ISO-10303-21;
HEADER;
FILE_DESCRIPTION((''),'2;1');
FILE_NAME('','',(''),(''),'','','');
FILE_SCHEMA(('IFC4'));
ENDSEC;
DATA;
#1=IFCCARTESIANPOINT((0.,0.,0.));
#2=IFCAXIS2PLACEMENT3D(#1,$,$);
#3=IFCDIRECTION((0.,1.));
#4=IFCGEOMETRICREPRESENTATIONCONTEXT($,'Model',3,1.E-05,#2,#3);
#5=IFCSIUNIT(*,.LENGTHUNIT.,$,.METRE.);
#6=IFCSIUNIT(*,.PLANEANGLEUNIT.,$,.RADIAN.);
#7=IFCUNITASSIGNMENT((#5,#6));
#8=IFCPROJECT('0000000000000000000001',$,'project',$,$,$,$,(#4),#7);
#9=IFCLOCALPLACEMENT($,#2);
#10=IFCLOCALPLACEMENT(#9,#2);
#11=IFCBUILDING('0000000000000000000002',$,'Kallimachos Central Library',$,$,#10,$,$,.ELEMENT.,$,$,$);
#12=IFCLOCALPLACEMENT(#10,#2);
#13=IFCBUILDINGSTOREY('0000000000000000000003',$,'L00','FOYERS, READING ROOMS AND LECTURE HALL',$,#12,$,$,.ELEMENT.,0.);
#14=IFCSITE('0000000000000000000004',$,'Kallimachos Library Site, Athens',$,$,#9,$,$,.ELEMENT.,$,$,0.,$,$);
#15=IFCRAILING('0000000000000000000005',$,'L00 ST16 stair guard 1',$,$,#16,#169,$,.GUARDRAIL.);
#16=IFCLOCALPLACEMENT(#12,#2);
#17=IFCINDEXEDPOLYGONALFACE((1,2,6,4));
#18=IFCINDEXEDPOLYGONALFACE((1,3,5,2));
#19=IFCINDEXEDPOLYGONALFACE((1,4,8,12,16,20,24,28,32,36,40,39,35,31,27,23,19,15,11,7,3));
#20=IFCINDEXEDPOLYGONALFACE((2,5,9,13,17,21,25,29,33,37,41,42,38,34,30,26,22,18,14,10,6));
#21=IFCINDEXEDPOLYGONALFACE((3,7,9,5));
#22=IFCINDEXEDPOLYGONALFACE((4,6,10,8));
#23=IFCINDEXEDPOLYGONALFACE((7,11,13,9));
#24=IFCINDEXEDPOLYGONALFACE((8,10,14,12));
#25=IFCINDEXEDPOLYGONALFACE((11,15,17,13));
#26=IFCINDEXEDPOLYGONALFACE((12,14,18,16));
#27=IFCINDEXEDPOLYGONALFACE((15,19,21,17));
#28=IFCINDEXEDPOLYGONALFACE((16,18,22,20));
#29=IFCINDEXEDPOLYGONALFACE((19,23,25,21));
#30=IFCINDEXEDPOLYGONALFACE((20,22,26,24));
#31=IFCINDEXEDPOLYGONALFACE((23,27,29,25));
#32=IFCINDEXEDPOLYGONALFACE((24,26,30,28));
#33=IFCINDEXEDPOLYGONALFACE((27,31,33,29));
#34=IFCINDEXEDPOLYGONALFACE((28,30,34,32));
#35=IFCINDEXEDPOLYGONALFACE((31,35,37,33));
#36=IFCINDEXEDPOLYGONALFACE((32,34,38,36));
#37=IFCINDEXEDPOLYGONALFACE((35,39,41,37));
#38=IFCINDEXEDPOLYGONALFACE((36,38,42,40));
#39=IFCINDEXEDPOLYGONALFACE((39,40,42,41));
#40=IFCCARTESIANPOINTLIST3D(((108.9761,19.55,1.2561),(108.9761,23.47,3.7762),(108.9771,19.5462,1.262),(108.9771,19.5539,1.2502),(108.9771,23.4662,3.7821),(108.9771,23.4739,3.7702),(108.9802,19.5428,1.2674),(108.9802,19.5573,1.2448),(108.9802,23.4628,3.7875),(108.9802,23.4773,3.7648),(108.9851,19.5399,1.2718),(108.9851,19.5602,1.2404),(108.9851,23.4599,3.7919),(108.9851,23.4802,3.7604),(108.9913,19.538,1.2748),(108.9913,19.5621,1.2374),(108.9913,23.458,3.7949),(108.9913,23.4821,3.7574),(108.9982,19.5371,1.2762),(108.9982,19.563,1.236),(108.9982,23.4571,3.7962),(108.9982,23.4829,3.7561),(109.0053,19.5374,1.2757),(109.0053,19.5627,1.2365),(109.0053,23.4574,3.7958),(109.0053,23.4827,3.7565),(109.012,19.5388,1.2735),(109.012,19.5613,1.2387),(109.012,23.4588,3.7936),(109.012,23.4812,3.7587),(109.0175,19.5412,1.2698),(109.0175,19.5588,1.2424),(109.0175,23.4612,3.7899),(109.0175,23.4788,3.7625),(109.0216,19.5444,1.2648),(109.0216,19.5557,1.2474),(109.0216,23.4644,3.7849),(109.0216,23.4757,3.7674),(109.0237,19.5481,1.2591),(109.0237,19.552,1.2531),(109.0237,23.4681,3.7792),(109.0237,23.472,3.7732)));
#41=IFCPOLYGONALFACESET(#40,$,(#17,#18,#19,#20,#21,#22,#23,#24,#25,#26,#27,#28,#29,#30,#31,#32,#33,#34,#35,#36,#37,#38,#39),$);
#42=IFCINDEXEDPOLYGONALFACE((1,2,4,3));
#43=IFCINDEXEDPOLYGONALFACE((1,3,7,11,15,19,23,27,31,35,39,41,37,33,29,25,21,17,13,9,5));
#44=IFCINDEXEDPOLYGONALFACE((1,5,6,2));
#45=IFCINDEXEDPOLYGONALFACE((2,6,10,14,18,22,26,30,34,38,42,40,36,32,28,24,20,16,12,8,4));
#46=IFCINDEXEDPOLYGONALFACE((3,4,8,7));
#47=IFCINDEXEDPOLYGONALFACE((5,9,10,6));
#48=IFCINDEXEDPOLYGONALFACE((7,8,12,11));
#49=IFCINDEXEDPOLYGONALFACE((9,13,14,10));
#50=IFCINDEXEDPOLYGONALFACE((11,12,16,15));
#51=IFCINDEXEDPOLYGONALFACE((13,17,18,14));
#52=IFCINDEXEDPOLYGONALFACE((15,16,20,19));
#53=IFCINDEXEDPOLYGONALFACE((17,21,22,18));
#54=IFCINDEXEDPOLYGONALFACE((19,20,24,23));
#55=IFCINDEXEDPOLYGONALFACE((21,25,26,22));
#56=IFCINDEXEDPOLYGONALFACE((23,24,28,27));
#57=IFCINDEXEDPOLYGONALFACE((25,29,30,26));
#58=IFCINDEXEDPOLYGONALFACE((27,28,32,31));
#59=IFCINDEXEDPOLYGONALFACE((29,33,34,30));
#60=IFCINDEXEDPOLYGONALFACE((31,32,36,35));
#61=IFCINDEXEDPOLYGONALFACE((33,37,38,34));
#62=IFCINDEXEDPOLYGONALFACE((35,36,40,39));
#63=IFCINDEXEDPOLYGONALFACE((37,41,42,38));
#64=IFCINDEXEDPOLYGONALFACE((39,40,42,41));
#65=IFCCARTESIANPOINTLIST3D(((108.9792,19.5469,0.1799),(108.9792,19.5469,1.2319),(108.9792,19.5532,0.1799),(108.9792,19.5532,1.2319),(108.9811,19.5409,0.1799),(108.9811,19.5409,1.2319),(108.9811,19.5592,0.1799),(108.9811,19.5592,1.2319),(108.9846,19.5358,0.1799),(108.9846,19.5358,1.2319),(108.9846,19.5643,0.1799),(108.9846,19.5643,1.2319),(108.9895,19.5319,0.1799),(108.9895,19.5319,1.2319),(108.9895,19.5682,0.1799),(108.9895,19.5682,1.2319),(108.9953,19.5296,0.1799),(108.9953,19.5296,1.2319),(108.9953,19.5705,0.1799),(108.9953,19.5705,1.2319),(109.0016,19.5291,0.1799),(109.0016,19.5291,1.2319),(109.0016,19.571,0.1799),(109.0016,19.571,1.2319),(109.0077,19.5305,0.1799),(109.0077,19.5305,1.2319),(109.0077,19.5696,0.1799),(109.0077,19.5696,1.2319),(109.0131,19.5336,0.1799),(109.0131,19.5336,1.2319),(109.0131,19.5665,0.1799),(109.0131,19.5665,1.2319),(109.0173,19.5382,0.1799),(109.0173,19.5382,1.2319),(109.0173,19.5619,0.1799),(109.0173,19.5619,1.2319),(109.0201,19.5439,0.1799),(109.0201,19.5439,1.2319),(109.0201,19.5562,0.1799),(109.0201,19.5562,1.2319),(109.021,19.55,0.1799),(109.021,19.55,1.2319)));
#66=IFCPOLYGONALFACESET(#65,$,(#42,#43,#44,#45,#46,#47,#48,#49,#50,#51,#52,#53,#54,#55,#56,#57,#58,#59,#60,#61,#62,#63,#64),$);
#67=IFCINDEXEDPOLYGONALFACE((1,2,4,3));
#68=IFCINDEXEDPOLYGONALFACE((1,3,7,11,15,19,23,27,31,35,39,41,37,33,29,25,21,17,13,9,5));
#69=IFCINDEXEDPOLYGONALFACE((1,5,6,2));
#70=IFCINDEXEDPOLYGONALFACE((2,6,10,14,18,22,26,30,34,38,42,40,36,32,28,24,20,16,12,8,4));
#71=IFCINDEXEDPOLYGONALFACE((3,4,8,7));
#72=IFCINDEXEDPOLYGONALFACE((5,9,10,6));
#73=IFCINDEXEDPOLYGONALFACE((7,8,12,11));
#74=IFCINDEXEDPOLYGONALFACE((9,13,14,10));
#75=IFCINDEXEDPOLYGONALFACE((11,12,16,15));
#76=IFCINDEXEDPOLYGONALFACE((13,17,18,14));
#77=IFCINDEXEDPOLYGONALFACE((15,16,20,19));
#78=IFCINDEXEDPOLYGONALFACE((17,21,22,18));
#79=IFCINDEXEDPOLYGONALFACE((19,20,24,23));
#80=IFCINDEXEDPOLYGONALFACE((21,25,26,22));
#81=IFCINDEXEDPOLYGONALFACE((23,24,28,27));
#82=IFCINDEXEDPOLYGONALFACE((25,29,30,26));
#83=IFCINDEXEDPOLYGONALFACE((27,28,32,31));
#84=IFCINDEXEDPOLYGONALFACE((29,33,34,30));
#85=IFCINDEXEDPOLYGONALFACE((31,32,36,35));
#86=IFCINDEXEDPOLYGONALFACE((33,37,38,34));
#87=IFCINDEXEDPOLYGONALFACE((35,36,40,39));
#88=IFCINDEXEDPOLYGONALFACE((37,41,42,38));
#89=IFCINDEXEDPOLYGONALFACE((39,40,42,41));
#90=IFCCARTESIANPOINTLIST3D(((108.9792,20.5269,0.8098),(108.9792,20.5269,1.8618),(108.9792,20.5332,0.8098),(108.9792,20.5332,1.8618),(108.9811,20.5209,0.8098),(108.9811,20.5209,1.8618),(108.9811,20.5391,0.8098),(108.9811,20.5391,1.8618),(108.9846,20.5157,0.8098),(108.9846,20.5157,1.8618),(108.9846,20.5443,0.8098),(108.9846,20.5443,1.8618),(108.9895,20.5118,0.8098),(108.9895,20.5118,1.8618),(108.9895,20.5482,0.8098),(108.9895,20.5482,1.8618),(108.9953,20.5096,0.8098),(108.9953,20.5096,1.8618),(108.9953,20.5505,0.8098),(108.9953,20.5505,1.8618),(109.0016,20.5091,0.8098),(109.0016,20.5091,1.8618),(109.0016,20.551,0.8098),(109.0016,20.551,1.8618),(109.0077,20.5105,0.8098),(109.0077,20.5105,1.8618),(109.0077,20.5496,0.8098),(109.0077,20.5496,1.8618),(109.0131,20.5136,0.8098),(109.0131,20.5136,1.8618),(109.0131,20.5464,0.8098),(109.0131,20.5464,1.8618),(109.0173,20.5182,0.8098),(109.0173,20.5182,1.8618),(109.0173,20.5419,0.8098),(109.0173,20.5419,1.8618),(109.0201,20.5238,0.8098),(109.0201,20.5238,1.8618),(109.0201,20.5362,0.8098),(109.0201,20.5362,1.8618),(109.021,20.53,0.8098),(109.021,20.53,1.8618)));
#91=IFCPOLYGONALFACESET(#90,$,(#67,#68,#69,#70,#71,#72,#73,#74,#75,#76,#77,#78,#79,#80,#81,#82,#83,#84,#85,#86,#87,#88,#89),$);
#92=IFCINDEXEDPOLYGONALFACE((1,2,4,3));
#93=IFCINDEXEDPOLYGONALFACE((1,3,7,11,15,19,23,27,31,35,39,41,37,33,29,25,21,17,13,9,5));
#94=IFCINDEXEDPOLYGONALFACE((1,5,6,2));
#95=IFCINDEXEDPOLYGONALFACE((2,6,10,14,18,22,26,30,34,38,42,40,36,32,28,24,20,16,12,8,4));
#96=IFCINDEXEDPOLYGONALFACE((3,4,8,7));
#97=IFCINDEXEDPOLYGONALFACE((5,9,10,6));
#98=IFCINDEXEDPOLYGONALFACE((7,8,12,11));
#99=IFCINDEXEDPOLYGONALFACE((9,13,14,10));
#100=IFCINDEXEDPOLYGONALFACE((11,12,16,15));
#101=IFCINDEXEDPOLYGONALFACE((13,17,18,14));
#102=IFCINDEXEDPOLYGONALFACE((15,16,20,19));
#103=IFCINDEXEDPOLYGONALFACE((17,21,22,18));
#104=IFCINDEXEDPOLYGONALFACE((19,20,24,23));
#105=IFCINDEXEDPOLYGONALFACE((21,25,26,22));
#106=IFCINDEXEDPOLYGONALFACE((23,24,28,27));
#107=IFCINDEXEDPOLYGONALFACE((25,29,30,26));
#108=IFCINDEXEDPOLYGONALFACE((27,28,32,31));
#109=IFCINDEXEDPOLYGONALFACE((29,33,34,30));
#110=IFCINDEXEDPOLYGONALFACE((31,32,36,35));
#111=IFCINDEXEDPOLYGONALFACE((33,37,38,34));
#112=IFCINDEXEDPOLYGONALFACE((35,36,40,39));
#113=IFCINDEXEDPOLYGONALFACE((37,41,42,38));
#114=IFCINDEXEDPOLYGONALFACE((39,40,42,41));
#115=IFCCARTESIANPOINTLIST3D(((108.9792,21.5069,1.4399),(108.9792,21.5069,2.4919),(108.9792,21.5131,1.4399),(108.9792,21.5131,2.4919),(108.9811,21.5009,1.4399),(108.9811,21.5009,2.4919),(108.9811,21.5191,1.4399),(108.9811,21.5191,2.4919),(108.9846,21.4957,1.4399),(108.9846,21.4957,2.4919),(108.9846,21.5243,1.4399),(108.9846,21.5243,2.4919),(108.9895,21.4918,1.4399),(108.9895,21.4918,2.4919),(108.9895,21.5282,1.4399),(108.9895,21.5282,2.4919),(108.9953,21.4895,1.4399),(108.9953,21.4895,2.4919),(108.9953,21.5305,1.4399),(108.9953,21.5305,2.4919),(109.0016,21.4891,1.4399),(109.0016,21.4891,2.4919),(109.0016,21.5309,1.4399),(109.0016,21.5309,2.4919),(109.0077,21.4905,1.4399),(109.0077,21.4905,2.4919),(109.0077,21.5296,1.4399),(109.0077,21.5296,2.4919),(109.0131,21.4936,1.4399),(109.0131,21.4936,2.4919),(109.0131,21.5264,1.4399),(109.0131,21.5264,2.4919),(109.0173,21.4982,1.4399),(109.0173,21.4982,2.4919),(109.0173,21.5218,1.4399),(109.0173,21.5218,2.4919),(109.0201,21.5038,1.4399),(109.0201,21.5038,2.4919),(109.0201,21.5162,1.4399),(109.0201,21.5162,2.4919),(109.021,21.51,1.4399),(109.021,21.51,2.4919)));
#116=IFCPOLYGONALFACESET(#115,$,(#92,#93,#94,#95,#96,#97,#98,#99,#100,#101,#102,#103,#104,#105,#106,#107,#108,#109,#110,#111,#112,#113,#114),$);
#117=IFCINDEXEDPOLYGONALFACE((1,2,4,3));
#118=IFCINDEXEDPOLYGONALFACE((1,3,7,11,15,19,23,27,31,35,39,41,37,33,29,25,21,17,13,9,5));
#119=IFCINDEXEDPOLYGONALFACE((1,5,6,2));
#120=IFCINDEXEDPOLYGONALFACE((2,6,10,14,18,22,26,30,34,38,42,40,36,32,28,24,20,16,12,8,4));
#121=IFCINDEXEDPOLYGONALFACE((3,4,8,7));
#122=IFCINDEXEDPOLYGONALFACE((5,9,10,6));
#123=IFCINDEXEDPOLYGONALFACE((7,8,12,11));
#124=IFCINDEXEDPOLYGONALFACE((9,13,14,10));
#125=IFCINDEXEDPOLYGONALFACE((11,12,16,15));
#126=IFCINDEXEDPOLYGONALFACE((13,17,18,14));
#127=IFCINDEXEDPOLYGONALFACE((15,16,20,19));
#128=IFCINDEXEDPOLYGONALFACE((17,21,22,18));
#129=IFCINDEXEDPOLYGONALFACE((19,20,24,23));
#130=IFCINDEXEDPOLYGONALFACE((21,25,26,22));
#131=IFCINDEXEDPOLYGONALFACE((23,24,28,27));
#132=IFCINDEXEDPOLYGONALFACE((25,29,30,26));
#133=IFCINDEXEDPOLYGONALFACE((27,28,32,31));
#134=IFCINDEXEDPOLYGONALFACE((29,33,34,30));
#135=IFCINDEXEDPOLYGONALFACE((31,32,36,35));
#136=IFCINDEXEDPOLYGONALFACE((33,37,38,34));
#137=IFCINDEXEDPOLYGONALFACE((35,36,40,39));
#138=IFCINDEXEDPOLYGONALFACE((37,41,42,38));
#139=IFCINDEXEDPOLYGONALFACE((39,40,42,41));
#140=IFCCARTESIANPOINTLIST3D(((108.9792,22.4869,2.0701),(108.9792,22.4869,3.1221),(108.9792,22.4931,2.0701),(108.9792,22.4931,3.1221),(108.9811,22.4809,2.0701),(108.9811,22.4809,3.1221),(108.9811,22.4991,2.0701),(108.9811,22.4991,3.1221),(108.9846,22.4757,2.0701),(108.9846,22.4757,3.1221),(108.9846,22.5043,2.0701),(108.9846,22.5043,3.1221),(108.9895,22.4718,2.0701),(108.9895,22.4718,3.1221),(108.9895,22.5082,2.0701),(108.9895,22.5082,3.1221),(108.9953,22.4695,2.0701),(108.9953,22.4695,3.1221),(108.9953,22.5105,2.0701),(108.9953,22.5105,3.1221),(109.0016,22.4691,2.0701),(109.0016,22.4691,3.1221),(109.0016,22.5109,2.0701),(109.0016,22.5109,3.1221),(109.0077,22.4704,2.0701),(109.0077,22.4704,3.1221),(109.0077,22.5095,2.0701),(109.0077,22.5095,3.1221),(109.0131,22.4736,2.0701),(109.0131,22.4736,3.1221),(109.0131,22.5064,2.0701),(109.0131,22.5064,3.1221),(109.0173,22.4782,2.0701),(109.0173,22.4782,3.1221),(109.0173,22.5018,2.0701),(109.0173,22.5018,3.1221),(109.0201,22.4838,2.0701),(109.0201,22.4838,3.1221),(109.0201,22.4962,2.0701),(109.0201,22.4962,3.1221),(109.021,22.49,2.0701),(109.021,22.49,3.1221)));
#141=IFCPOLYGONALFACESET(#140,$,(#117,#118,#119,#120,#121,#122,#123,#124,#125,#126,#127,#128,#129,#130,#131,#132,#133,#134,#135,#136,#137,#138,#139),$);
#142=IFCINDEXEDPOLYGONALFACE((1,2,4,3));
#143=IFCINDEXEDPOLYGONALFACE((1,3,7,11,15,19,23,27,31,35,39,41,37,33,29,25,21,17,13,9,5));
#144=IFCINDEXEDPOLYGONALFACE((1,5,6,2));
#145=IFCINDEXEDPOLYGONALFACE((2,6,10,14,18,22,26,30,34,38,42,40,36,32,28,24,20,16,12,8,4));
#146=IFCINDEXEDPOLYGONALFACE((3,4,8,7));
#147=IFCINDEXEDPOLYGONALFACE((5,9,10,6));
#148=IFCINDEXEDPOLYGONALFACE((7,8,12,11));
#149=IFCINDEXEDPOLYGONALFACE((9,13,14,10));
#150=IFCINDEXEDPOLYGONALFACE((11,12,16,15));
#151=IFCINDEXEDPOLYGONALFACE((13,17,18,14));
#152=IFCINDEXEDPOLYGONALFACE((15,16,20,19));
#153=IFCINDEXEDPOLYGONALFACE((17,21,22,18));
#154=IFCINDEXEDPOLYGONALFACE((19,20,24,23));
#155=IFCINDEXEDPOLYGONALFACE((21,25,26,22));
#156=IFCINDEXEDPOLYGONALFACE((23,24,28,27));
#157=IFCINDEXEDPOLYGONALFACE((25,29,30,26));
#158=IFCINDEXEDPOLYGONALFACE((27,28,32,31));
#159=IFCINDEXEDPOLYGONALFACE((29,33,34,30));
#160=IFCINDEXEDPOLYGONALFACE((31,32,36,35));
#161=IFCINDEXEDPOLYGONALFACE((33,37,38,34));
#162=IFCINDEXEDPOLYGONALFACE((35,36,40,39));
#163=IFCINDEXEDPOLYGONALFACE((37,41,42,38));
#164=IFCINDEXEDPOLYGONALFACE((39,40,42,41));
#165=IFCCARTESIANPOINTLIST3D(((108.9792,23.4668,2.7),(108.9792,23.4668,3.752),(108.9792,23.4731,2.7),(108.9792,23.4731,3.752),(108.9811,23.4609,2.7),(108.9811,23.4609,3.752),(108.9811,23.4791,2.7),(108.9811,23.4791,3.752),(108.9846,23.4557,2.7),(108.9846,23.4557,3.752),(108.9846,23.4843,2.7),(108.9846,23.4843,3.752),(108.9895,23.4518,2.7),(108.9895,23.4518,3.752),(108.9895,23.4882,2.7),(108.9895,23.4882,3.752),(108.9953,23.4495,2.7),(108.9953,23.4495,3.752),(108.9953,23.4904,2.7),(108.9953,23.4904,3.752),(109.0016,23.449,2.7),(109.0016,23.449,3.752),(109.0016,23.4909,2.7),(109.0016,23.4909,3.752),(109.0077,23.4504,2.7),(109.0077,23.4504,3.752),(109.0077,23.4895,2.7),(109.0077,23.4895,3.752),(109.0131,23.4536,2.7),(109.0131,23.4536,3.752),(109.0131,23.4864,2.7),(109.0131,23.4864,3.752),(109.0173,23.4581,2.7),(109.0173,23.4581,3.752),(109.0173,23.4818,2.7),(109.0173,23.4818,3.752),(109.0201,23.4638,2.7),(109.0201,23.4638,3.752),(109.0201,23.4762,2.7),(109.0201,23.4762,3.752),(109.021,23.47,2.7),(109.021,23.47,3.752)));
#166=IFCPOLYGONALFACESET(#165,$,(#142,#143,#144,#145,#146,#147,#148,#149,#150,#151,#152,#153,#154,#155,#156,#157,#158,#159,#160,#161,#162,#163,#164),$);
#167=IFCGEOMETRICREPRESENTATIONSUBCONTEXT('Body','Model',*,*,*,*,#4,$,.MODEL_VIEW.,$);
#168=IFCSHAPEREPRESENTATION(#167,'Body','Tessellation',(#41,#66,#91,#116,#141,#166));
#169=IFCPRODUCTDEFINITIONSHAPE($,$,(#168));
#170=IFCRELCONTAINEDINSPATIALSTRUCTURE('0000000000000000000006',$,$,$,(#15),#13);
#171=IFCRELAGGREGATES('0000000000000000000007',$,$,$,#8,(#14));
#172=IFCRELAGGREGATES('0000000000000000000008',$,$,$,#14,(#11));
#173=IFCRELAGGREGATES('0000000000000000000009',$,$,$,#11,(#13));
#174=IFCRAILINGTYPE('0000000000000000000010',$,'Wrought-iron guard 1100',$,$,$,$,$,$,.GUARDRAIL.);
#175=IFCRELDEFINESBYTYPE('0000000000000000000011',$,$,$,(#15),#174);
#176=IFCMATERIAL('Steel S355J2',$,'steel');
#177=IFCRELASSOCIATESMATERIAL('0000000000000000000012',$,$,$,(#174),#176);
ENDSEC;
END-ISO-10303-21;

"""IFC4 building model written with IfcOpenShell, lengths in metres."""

from ifc_helpers import new_model, si_unit, direction, frame, origin, origin_2d, place, context, subcontext, project, spatial, circle, extrude, material, type_object, element, save


model = new_model("IFC4")

# Units and contexts
model_context = context("Model", 3, precision=1e-05, world=origin(), true_north=direction((0.0, 1.0)))
body_context = subcontext(model_context, "Body", "Model", "MODEL_VIEW")
ifc_project = project(units=[si_unit("LENGTHUNIT", "METRE"), si_unit("PLANEANGLEUNIT", "RADIAN")], contexts=[model_context])

# Site, building, storey
site_placement = place(None, origin())
site = spatial("IfcSite", under=ifc_project, at=site_placement, Name="Kallimachos Library Site, Athens", CompositionType="ELEMENT", RefElevation=0.0)
building_placement = place(site_placement, origin())
building = spatial("IfcBuilding", under=site, at=building_placement, Name="Kallimachos Central Library", CompositionType="ELEMENT")
storey_placement = place(building_placement, origin())
storey = spatial("IfcBuildingStorey", under=building, at=storey_placement, Name="L00", Description="FOYERS, READING ROOMS AND LECTURE HALL", CompositionType="ELEMENT", Elevation=0.0)

# Railing
ifc_material_1 = material(Name="Steel S355J2", Category="steel")
railing_type_1 = type_object("IfcRailingType", Name="Wrought-iron guard 1100", PredefinedType="GUARDRAIL", material=ifc_material_1)
railing_1_placement = place(storey_placement, frame((109.0, 19.55, 0.1799)))
element("IfcRailing", 1, at=railing_1_placement, inside=storey, type_object=railing_type_1, Name="L00 ST16 stair guard 1", PredefinedType="GUARDRAIL", context=body_context, shape_type="SweptSolid", body=[
    extrude(circle(Radius=0.0239, at=origin_2d()), frame((0.0, 0.0, 1.0762), z_axis=(0.0, 0.841172, 0.540768), x_axis=(-1.0, 0.0, 0.0)), (0.0, 0.0, 1.0), 4.6602),
    extrude(circle(Radius=0.021, at=origin_2d()), origin(), (0.0, 0.0, 1.0), 1.052),
    extrude(circle(Radius=0.021, at=origin_2d()), frame((0.0, 0.98, 0.6299)), (0.0, 0.0, 1.0), 1.052),
    extrude(circle(Radius=0.021, at=origin_2d()), frame((0.0, 1.96, 1.26)), (0.0, 0.0, 1.0), 1.052),
    extrude(circle(Radius=0.021, at=origin_2d()), frame((0.0, 2.9399, 1.8901)), (0.0, 0.0, 1.0), 1.052),
    extrude(circle(Radius=0.021, at=origin_2d()), frame((0.0, 3.9199, 2.52)), (0.0, 0.0, 1.0), 1.052),
])

save(model, "model.ifc")
